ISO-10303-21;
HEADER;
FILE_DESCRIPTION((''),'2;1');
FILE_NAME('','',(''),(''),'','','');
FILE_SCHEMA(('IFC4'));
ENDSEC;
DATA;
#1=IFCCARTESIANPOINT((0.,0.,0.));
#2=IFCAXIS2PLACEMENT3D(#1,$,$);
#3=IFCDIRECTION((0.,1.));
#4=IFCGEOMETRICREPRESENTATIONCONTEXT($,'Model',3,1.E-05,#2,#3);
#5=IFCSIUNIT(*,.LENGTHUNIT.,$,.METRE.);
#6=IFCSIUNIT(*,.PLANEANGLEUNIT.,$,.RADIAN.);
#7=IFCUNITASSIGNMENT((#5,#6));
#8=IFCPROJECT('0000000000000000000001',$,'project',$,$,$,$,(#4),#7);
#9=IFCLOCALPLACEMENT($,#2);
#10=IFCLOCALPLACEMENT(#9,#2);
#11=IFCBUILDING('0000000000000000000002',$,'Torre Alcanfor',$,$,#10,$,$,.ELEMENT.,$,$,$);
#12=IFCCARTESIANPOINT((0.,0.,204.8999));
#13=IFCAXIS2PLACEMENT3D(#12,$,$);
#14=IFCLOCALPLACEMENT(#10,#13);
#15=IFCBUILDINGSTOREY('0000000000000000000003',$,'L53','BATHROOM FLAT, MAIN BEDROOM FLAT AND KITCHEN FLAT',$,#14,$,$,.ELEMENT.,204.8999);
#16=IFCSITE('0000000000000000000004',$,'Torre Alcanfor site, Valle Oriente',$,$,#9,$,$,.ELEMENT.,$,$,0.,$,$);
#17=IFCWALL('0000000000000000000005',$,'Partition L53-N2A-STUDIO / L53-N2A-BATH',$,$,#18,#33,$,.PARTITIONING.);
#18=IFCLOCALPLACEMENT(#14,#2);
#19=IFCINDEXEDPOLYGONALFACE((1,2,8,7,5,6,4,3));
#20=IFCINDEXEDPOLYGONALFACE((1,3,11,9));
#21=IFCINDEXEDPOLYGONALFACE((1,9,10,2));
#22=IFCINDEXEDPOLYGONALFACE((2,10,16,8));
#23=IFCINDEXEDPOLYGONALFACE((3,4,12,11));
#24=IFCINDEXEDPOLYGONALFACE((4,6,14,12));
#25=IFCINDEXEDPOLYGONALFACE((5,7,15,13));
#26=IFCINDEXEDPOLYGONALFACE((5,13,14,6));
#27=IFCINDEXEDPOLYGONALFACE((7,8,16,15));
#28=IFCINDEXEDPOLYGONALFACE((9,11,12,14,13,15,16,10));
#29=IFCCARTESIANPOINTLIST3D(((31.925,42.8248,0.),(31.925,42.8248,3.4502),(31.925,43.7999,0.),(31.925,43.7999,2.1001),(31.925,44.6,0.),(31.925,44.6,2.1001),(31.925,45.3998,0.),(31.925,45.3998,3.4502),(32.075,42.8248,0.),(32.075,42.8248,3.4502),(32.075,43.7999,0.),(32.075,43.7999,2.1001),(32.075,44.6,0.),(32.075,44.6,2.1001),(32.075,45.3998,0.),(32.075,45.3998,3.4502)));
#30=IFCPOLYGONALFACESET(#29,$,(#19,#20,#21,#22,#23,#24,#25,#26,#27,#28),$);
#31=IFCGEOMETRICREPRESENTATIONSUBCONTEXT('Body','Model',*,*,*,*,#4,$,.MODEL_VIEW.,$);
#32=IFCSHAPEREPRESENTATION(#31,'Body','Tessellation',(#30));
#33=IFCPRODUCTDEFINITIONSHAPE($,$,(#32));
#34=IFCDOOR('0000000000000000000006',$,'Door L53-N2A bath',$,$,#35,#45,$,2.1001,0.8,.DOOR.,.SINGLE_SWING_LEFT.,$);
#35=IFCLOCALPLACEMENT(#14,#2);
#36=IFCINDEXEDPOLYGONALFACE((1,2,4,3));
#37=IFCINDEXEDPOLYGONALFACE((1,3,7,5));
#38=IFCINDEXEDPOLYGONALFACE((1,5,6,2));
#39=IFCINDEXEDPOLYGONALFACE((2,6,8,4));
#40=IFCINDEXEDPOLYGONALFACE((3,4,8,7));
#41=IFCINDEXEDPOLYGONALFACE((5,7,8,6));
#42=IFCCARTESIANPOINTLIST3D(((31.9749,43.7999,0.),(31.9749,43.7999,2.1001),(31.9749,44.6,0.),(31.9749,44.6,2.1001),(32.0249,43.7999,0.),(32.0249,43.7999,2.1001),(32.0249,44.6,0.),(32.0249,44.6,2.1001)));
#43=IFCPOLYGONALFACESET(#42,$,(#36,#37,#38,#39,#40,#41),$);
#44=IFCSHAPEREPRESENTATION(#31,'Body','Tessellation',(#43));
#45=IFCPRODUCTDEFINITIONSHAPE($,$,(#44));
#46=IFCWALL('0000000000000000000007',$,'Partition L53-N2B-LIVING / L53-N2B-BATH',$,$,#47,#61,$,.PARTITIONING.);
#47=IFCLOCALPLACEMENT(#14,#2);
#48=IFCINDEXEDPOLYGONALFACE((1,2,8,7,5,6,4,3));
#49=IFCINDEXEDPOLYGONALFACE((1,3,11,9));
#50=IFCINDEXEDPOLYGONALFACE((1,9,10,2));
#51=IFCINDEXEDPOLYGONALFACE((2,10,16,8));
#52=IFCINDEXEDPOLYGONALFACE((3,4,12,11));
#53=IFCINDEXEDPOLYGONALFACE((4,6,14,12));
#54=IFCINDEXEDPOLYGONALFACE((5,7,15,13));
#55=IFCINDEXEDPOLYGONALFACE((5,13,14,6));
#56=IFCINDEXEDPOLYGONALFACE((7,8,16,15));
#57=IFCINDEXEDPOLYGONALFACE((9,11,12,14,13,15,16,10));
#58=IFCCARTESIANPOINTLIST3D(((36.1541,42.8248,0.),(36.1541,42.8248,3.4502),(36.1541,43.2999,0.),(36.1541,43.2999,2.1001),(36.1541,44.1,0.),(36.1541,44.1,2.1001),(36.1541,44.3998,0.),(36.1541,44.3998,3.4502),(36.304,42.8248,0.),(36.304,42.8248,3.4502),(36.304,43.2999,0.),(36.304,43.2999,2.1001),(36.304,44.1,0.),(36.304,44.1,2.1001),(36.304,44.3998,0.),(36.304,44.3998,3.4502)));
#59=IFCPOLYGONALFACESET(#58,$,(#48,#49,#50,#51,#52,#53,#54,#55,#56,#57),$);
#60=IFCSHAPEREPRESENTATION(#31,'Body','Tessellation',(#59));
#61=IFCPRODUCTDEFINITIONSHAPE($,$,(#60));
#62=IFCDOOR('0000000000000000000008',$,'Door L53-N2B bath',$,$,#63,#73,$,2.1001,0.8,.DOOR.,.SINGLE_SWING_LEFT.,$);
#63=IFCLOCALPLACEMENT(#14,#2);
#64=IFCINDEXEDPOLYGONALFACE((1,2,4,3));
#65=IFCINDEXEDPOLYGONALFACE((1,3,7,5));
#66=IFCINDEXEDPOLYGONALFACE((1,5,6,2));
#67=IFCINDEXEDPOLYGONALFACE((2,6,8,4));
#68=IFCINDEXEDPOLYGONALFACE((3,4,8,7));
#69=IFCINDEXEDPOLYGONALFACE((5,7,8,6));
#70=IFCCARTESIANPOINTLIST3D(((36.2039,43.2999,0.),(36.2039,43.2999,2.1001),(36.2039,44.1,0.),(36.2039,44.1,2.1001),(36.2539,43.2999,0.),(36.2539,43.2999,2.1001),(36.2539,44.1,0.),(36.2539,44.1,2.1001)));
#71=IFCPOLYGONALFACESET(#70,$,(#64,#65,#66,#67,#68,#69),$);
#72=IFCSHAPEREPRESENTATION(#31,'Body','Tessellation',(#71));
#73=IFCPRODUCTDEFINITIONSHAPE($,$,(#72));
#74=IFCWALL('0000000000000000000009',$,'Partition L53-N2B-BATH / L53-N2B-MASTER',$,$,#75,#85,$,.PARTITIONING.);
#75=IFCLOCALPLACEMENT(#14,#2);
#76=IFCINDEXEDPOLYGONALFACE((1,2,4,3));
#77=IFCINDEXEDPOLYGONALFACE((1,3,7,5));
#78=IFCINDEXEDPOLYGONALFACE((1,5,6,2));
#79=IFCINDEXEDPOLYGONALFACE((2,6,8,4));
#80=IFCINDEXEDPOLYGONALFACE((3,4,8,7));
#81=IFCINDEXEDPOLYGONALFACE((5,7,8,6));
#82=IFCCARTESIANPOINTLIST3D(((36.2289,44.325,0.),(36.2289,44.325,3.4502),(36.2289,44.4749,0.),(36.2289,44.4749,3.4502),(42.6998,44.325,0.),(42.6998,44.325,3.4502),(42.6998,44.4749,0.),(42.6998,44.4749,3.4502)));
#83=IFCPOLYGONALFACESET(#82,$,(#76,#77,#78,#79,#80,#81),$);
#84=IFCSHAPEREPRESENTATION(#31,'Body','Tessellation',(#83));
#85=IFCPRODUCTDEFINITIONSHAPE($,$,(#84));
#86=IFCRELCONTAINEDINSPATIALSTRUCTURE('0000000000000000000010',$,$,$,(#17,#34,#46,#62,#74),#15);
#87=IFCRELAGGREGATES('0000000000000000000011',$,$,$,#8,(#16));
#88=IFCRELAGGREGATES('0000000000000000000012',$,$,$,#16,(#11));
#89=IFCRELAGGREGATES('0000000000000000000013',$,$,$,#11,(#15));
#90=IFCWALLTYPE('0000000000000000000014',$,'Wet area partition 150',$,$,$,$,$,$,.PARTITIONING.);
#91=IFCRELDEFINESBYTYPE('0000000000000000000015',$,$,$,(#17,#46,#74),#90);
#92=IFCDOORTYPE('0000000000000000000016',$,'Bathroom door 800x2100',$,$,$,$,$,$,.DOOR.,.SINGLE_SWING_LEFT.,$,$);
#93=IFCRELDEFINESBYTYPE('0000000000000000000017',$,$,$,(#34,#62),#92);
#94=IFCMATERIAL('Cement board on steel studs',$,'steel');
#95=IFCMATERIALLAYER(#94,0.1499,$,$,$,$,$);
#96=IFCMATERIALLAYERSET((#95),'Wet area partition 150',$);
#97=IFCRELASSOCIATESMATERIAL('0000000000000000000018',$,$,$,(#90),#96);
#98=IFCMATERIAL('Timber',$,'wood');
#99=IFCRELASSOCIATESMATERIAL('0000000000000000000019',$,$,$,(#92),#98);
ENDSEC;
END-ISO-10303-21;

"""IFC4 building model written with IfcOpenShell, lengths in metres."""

from ifc_helpers import new_model, si_unit, direction, frame, frame_2d, origin, place, context, subcontext, project, spatial, rectangle, extrude, material, layer, layer_set, type_object, element, fill, save


model = new_model("IFC4")

# Units and contexts
model_context = context("Model", 3, precision=1e-05, world=origin(), true_north=direction((0.0, 1.0)))
body_context = subcontext(model_context, "Body", "Model", "MODEL_VIEW")
ifc_project = project(units=[si_unit("LENGTHUNIT", "METRE"), si_unit("PLANEANGLEUNIT", "RADIAN")], contexts=[model_context])

# Site, building, storey
site_placement = place(None, origin())
site = spatial("IfcSite", under=ifc_project, at=site_placement, Name="Torre Alcanfor site, Valle Oriente", CompositionType="ELEMENT", RefElevation=0.0)
building_placement = place(site_placement, origin())
building = spatial("IfcBuilding", under=site, at=building_placement, Name="Torre Alcanfor", CompositionType="ELEMENT")
storey_placement = place(building_placement, frame((0.0, 0.0, 204.8999)))
storey = spatial("IfcBuildingStorey", under=building, at=storey_placement, Name="L53", Description="BATHROOM FLAT, MAIN BEDROOM FLAT AND KITCHEN FLAT", CompositionType="ELEMENT", Elevation=204.8999)

# Shared definitions
ifc_material_1 = material(Name="Cement board on steel studs", Category="steel")
ifc_layer_1 = layer(ifc_material_1, 0.1499)
ifc_layer_set_1 = layer_set([ifc_layer_1], Name="Wet area partition 150")
wall_type_1 = type_object("IfcWallType", Name="Wet area partition 150", PredefinedType="PARTITIONING", material=ifc_layer_set_1)

# Walls, openings, doors
wall_1_placement = place(storey_placement, frame((32.0, 45.3999, 0.0), z_axis=(0.0, 0.0, 1.0), x_axis=(0.0, -1.0, 0.0)))
wall_1 = element("IfcWall", 1, at=wall_1_placement, inside=storey, type_object=wall_type_1, Name="Partition L53-N2A-STUDIO / L53-N2A-BATH", PredefinedType="PARTITIONING", context=body_context, shape_type="SweptSolid", body=[
    extrude(rectangle(XDim=2.575, YDim=0.1499, at=frame_2d((1.2876, 0.0))), origin(), (0.0, 0.0, 1.0), 3.4502),
])
opening_1_placement = place(wall_1_placement, frame((0.8, 0.0, 0.0)))
opening_1 = element("IfcOpeningElement", 2, at=opening_1_placement, cuts=wall_1, PredefinedType="OPENING", context=body_context, shape_type="SweptSolid", body=[
    extrude(rectangle(XDim=0.8, YDim=2.1001, at=frame_2d((0.3999, 1.05))), frame((0.0, 0.085, 0.0), z_axis=(0.0, -1.0, 0.0), x_axis=(1.0, 0.0, 0.0)), (0.0, 0.0, 1.0), 0.1699),
])
ifc_material_2 = material(Name="Timber", Category="wood")
door_type_1 = type_object("IfcDoorType", Name="Bathroom door 800x2100", OperationType="SINGLE_SWING_LEFT", PredefinedType="DOOR", material=ifc_material_2)
door_1_placement = place(opening_1_placement, origin())
door_1 = element("IfcDoor", 3, at=door_1_placement, inside=storey, type_object=door_type_1, Name="Door L53-N2A bath", OperationType="SINGLE_SWING_LEFT", OverallHeight=2.1001, OverallWidth=0.8, PredefinedType="DOOR", context=body_context, shape_type="SweptSolid", body=[
    extrude(rectangle(XDim=0.8, YDim=2.1001, at=frame_2d((0.3999, 1.05))), frame((0.0, 0.0249, 0.0), z_axis=(0.0, -1.0, 0.0), x_axis=(1.0, 0.0, 0.0)), (0.0, 0.0, 1.0), 0.05),
])
fill(opening_1, door_1)
wall_2_placement = place(storey_placement, frame((36.229, 44.3999, 0.0), z_axis=(0.0, 0.0, 1.0), x_axis=(0.0, -1.0, 0.0)))
wall_2 = element("IfcWall", 4, at=wall_2_placement, inside=storey, type_object=wall_type_1, Name="Partition L53-N2B-LIVING / L53-N2B-BATH", PredefinedType="PARTITIONING", context=body_context, shape_type="SweptSolid", body=[
    extrude(rectangle(XDim=1.575, YDim=0.1499, at=frame_2d((0.7876, 0.0))), origin(), (0.0, 0.0, 1.0), 3.4502),
])
opening_2_placement = place(wall_2_placement, frame((0.3, 0.0, 0.0)))
opening_2 = element("IfcOpeningElement", 5, at=opening_2_placement, cuts=wall_2, PredefinedType="OPENING", context=body_context, shape_type="SweptSolid", body=[
    extrude(rectangle(XDim=0.8, YDim=2.1001, at=frame_2d((0.3999, 1.05))), frame((0.0, 0.085, 0.0), z_axis=(0.0, -1.0, 0.0), x_axis=(1.0, 0.0, 0.0)), (0.0, 0.0, 1.0), 0.1699),
])
door_2_placement = place(opening_2_placement, origin())
door_2 = element("IfcDoor", 6, at=door_2_placement, inside=storey, type_object=door_type_1, Name="Door L53-N2B bath", OperationType="SINGLE_SWING_LEFT", OverallHeight=2.1001, OverallWidth=0.8, PredefinedType="DOOR", context=body_context, shape_type="SweptSolid", body=[
    extrude(rectangle(XDim=0.8, YDim=2.1001, at=frame_2d((0.3999, 1.05))), frame((0.0, 0.0249, 0.0), z_axis=(0.0, -1.0, 0.0), x_axis=(1.0, 0.0, 0.0)), (0.0, 0.0, 1.0), 0.05),
])
fill(opening_2, door_2)

# Wall
wall_3_placement = place(storey_placement, frame((36.229, 44.3999, 0.0), z_axis=(0.0, 0.0, 1.0), x_axis=(1.0, 0.0, 0.0)))
element("IfcWall", 7, at=wall_3_placement, inside=storey, type_object=wall_type_1, Name="Partition L53-N2B-BATH / L53-N2B-MASTER", PredefinedType="PARTITIONING", context=body_context, shape_type="SweptSolid", body=[
    extrude(rectangle(XDim=6.4709, YDim=0.1499, at=frame_2d((3.2354, 0.0))), origin(), (0.0, 0.0, 1.0), 3.4502),
])

save(model, "model.ifc")
